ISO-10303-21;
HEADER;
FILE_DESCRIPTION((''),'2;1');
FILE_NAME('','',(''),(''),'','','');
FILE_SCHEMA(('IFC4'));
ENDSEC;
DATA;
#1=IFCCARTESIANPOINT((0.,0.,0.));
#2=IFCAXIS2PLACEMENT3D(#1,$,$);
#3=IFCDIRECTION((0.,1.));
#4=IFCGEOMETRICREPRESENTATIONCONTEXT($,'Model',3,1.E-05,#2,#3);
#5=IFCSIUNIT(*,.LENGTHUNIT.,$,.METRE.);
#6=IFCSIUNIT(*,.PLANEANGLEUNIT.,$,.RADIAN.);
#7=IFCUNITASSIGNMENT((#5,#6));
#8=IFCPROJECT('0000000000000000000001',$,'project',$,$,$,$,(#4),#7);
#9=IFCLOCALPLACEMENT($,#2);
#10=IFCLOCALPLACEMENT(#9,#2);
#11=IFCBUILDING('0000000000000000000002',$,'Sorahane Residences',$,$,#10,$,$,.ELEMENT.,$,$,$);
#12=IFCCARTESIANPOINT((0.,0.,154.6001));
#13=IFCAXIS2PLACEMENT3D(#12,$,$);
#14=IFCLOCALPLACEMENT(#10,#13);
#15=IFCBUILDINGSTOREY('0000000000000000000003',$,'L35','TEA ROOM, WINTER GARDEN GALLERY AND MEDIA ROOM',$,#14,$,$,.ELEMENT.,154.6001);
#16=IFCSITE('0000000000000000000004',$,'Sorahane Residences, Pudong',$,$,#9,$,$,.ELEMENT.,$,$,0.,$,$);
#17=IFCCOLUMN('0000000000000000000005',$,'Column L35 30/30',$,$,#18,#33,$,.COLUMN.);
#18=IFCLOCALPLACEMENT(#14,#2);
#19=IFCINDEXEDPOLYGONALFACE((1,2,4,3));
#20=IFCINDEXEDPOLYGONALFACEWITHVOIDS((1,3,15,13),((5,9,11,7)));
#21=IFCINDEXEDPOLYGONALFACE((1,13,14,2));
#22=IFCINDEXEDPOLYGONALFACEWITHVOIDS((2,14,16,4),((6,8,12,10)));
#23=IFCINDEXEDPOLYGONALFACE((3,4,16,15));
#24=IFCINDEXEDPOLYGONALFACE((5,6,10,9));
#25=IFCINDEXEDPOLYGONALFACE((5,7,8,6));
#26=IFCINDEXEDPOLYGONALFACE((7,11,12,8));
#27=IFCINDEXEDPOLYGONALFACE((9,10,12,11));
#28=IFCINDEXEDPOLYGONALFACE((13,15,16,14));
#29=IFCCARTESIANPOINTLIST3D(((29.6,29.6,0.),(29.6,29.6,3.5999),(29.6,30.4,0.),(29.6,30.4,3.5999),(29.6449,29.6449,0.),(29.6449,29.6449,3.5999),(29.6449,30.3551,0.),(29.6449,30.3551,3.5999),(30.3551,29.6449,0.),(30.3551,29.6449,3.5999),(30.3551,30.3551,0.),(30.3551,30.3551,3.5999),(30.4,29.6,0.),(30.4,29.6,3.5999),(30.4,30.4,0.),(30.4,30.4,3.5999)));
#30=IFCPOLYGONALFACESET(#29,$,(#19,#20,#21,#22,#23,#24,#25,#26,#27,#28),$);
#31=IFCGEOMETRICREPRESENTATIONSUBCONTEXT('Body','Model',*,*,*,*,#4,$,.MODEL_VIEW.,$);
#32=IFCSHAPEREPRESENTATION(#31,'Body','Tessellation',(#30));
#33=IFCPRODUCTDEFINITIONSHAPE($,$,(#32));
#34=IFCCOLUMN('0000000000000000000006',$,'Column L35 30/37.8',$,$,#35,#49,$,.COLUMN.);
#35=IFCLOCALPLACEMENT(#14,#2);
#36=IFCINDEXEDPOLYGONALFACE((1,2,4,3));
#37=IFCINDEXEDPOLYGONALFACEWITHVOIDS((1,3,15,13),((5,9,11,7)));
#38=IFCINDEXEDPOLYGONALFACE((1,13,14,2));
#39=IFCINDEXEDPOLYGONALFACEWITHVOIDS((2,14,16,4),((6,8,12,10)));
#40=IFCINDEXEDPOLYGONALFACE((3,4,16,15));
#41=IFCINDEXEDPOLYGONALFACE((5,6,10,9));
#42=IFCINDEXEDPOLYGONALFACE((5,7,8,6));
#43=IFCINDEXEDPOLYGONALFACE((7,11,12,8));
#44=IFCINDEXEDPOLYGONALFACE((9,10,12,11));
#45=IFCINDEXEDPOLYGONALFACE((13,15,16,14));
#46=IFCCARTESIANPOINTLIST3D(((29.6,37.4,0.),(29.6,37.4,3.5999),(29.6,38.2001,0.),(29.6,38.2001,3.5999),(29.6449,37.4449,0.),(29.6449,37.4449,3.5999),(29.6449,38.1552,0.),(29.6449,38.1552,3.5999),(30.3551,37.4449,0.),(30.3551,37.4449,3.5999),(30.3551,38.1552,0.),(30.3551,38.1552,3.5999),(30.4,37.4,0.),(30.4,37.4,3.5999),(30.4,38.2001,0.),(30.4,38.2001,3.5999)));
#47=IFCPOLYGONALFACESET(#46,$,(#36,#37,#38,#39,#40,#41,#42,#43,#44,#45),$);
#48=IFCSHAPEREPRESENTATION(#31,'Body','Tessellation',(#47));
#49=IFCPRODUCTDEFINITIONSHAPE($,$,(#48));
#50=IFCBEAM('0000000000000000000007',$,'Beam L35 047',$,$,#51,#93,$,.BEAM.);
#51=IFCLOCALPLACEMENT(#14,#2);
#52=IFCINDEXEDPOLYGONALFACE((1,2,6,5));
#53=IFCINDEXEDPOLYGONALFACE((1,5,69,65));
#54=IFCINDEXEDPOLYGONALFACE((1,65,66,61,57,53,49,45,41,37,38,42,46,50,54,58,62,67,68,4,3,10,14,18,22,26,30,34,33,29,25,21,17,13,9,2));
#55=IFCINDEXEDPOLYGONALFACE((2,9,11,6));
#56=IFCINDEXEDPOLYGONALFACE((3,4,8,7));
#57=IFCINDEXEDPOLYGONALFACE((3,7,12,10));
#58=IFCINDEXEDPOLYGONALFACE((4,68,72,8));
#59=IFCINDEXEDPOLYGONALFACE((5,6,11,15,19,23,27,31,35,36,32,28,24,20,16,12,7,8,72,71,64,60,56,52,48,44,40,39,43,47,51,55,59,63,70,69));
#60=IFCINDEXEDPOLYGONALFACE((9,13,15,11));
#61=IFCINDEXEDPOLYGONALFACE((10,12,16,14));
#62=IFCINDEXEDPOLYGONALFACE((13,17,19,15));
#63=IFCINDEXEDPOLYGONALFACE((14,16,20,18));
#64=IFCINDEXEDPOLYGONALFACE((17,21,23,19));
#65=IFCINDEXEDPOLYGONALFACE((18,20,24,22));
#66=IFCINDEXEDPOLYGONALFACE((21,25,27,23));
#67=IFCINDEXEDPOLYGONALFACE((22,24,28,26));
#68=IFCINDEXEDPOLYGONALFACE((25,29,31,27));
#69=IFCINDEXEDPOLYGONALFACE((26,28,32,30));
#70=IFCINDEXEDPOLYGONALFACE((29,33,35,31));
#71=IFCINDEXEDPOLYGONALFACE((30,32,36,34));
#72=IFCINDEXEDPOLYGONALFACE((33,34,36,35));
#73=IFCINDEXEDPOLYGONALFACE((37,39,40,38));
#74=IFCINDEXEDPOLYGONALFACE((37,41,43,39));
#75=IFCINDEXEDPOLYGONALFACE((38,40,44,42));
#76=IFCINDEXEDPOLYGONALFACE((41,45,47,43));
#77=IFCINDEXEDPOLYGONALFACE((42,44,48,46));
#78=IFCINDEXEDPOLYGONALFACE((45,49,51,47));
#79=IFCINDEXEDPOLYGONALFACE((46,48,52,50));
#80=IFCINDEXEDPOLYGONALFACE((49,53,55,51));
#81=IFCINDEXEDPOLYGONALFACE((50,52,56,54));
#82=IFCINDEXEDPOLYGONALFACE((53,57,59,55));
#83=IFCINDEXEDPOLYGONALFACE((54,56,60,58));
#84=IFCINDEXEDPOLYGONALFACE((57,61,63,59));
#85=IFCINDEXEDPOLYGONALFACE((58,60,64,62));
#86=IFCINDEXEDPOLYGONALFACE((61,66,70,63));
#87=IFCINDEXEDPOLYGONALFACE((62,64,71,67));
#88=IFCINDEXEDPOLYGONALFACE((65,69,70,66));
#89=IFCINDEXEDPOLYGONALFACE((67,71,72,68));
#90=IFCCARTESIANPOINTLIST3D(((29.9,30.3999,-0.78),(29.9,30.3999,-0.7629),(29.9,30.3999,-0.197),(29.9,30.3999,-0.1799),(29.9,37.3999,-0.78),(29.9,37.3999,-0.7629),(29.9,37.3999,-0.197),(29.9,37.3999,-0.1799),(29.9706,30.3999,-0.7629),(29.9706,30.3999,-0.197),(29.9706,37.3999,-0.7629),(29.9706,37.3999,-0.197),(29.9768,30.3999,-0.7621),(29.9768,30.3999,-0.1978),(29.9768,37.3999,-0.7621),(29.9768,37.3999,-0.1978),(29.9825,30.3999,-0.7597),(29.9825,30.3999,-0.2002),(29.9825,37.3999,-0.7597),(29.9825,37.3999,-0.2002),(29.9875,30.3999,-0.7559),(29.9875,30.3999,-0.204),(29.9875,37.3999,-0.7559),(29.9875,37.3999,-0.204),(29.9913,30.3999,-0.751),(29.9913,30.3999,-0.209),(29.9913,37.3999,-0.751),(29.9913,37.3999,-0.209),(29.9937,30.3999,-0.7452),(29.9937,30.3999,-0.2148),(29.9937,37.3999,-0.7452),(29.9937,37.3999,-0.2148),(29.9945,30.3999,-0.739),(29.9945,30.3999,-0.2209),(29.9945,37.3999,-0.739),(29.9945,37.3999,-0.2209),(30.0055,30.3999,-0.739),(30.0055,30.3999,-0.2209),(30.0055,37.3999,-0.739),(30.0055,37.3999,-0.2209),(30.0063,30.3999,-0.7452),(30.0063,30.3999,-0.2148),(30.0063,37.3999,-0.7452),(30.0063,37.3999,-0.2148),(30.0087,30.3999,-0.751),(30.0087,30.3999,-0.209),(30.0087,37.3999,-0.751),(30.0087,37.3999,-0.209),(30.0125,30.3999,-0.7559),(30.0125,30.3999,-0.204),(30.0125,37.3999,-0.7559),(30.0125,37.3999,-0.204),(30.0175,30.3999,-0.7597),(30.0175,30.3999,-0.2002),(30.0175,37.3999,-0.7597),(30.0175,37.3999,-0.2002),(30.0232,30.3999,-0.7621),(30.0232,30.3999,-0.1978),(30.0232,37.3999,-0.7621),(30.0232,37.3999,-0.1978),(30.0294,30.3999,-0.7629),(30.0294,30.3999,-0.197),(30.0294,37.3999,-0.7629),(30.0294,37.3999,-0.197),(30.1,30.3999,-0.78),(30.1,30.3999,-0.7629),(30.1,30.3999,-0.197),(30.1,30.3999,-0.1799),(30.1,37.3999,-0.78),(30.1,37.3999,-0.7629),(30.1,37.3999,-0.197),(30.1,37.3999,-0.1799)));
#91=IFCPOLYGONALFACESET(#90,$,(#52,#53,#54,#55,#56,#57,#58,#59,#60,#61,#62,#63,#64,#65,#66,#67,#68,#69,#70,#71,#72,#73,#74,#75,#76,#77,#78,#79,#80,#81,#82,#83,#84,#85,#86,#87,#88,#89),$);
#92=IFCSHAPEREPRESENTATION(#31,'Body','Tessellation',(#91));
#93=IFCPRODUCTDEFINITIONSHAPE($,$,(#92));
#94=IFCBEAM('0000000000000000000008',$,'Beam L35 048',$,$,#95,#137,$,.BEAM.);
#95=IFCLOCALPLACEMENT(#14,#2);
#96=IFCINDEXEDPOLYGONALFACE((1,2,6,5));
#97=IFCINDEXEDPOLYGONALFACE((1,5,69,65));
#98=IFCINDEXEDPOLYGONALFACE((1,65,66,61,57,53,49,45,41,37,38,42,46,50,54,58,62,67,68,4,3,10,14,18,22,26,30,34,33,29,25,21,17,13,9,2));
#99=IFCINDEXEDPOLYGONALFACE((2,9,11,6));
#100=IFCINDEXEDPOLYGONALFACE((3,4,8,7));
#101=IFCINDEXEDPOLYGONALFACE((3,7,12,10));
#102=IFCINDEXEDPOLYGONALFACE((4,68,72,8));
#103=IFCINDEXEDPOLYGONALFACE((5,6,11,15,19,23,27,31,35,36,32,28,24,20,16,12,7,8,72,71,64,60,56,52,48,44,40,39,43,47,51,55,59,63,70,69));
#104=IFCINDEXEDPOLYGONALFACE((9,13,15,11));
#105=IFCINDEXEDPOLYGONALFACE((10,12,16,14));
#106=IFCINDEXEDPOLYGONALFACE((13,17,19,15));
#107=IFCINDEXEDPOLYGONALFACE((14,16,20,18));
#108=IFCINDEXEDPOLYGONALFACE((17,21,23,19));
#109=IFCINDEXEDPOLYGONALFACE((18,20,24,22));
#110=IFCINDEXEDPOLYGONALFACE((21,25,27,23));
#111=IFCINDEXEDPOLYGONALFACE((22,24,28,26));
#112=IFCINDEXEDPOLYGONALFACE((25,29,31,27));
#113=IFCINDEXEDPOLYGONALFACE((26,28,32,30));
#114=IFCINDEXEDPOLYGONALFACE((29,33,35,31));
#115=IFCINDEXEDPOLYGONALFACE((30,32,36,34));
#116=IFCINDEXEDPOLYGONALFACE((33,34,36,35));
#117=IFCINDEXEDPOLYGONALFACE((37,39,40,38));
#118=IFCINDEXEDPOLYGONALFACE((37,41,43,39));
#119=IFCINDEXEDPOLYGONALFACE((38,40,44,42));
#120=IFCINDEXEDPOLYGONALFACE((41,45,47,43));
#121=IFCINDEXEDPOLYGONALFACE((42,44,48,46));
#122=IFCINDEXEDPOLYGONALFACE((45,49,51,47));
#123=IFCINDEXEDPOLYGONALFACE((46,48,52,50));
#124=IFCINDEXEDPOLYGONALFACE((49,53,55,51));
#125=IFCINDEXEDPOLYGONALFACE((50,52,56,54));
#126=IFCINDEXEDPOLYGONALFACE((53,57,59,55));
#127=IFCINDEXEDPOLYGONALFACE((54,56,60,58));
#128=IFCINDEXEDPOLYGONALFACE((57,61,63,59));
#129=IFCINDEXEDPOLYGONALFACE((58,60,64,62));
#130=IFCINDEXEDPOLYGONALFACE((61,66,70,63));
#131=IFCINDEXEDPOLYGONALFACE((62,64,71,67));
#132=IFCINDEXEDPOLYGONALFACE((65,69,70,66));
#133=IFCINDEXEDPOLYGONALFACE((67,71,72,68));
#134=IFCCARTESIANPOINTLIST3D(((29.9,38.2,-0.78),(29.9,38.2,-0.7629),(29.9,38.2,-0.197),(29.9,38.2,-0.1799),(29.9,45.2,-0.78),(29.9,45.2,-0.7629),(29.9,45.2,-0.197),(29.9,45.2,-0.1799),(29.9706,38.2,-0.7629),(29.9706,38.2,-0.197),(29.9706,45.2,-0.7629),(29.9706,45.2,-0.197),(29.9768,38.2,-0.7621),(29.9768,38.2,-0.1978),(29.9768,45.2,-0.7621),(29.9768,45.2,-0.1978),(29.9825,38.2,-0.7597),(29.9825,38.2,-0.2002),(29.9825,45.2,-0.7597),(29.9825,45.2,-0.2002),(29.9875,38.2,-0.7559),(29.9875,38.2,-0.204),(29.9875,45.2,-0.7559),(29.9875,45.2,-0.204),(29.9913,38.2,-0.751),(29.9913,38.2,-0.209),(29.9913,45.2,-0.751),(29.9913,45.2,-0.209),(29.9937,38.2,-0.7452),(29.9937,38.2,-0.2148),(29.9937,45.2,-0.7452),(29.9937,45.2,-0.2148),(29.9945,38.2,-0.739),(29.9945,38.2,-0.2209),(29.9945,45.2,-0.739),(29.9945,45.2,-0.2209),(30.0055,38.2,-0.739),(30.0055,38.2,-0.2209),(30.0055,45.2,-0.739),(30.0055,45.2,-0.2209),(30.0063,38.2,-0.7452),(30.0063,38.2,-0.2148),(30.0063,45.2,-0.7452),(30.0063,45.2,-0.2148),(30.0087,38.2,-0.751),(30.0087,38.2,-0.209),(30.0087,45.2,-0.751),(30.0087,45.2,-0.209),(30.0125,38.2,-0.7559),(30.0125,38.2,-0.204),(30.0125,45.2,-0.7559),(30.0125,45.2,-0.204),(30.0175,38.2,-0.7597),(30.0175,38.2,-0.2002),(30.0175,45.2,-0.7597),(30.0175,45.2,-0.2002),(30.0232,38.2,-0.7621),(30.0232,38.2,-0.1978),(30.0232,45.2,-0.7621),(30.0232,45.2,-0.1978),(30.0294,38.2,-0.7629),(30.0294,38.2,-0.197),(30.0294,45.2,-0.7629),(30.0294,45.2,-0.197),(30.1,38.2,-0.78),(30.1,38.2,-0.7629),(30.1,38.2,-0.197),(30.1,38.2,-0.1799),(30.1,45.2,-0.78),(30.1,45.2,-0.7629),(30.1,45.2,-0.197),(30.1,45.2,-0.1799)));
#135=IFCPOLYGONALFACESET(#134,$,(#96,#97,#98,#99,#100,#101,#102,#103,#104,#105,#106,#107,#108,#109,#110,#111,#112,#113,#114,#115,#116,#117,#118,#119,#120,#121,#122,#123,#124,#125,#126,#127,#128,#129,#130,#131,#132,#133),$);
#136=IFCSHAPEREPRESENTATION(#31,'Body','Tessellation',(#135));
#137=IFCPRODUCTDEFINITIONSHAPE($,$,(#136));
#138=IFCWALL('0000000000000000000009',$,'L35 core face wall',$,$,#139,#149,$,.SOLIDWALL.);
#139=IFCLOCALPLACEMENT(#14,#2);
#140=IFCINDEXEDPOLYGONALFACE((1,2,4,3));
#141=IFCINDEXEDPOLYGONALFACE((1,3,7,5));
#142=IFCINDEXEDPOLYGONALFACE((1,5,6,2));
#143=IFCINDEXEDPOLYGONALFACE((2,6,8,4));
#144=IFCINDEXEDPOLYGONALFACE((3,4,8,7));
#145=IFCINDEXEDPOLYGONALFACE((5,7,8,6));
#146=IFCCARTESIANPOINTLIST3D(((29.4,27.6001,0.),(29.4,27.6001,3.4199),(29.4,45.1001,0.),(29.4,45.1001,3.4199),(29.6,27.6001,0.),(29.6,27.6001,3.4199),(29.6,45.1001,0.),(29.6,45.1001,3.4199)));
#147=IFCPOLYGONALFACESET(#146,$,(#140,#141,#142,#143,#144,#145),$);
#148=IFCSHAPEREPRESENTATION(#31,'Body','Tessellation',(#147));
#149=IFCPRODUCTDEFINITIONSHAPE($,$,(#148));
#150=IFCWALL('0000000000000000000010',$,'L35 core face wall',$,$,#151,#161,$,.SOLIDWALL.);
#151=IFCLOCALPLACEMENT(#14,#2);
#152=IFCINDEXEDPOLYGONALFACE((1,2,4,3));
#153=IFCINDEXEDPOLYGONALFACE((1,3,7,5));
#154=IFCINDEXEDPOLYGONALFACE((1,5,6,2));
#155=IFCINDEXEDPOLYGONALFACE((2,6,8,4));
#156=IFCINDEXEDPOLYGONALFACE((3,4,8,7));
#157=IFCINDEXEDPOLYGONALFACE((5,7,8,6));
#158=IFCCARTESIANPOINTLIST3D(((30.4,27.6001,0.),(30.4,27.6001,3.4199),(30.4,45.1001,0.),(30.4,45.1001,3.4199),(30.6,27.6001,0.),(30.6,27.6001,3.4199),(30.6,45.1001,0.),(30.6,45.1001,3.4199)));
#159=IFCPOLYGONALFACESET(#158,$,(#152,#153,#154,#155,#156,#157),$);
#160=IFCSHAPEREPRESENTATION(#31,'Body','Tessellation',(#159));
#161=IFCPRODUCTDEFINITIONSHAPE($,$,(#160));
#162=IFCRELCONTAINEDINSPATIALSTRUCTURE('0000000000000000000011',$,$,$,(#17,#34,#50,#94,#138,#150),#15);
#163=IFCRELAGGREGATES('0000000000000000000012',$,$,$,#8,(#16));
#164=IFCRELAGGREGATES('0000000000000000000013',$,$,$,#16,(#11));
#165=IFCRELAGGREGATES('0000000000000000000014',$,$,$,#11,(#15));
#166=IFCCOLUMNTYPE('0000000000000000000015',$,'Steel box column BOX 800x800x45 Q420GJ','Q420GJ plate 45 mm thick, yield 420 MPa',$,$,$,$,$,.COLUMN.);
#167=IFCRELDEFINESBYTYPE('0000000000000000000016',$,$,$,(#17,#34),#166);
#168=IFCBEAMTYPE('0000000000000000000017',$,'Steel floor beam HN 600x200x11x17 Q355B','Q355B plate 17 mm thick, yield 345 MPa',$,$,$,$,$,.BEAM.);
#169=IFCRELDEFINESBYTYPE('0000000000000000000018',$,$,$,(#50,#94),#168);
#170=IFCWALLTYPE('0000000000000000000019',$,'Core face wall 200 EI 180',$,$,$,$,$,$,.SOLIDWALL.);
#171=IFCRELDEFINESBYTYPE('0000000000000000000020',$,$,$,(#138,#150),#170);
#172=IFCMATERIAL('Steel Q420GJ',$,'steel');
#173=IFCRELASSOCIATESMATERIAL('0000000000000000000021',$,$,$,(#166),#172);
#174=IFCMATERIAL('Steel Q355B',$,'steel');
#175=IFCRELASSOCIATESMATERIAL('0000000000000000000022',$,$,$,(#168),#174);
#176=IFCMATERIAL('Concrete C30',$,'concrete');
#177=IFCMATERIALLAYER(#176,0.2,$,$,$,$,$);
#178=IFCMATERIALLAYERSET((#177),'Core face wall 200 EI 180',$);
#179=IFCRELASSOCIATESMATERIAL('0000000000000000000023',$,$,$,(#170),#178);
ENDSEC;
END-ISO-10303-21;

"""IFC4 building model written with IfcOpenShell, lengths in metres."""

from ifc_helpers import new_model, si_unit, direction, frame, frame_2d, origin, origin_2d, place, context, subcontext, project, spatial, rectangle, hollow_rectangle, i_section, extrude, material, layer, layer_set, material_profile, profile_set, type_object, element, save


model = new_model("IFC4")

# Units and contexts
model_context = context("Model", 3, precision=1e-05, world=origin(), true_north=direction((0.0, 1.0)))
body_context = subcontext(model_context, "Body", "Model", "MODEL_VIEW")
ifc_project = project(units=[si_unit("LENGTHUNIT", "METRE"), si_unit("PLANEANGLEUNIT", "RADIAN")], contexts=[model_context])

# Site, building, storey
site_placement = place(None, origin())
site = spatial("IfcSite", under=ifc_project, at=site_placement, Name="Sorahane Residences, Pudong", CompositionType="ELEMENT", RefElevation=0.0)
building_placement = place(site_placement, origin())
building = spatial("IfcBuilding", under=site, at=building_placement, Name="Sorahane Residences", CompositionType="ELEMENT")
storey_placement = place(building_placement, frame((0.0, 0.0, 154.6001)))
storey = spatial("IfcBuildingStorey", under=building, at=storey_placement, Name="L35", Description="TEA ROOM, WINTER GARDEN GALLERY AND MEDIA ROOM", CompositionType="ELEMENT", Elevation=154.6001)

# Columns
ifc_material_1 = material(Name="Steel Q420GJ", Category="steel")
ifc_material_profile_1 = material_profile(ifc_material_1, hollow_rectangle(XDim=0.8, YDim=0.8, WallThickness=0.0449, at=origin_2d()), Name="BOX 800x800x45")
ifc_profile_set_1 = profile_set([ifc_material_profile_1], Name="Steel Q420GJ")
column_type = type_object("IfcColumnType", Name="Steel box column BOX 800x800x45 Q420GJ", Description="Q420GJ plate 45 mm thick, yield 420 MPa", PredefinedType="COLUMN", material=ifc_profile_set_1)
for number, where, z_axis, x_axis, name in (
    (1, (30.0, 30.0, 0.0), (0.0, 0.0, 1.0), (1.0, 0.0, 0.0), "Column L35 30/30"),
    (2, (30.0, 37.8, 0.0), (0.0, 0.0, 1.0), (1.0, 0.0, 0.0), "Column L35 30/37.8"),
):
    element("IfcColumn", number, at=place(storey_placement, frame(where, z_axis=z_axis, x_axis=x_axis)), inside=storey, type_object=column_type, Name=name, PredefinedType="COLUMN", context=body_context, shape_type="SweptSolid", body=[
        extrude(hollow_rectangle(XDim=0.8, YDim=0.8, WallThickness=0.0449, at=origin_2d()), origin(), (0.0, 0.0, 1.0), 3.5999),
    ])

# Beams
ifc_material_2 = material(Name="Steel Q355B", Category="steel")
ifc_material_profile_2 = material_profile(ifc_material_2, i_section(OverallWidth=0.2, OverallDepth=0.6001, WebThickness=0.011, FlangeThickness=0.0171, FilletRadius=0.0239, at=origin_2d()), Name="HN 600x200x11x17")
ifc_profile_set_2 = profile_set([ifc_material_profile_2], Name="Steel Q355B")
beam_type = type_object("IfcBeamType", Name="Steel floor beam HN 600x200x11x17 Q355B", Description="Q355B plate 17 mm thick, yield 345 MPa", PredefinedType="BEAM", material=ifc_profile_set_2)
for number, where, z_axis, x_axis, name in (
    (3, (30.0, 30.3999, -0.48), (0.0, 1.0, 0.0), (-1.0, 0.0, 0.0), "Beam L35 047"),
    (4, (30.0, 38.2, -0.48), (0.0, 1.0, 0.0), (-1.0, 0.0, 0.0), "Beam L35 048"),
):
    element("IfcBeam", number, at=place(storey_placement, frame(where, z_axis=z_axis, x_axis=x_axis)), inside=storey, type_object=beam_type, Name=name, PredefinedType="BEAM", context=body_context, shape_type="SweptSolid", body=[
        extrude(i_section(OverallWidth=0.2, OverallDepth=0.6001, WebThickness=0.011, FlangeThickness=0.0171, FilletRadius=0.0239, at=origin_2d()), origin(), (0.0, 0.0, 1.0), 7.0),
    ])

# Walls
ifc_material_3 = material(Name="Concrete C30", Category="concrete")
ifc_layer_1 = layer(ifc_material_3, 0.2)
ifc_layer_set_1 = layer_set([ifc_layer_1], Name="Core face wall 200 EI 180")
wall_type_1 = type_object("IfcWallType", Name="Core face wall 200 EI 180", PredefinedType="SOLIDWALL", material=ifc_layer_set_1)
for number, where, z_axis, x_axis, name in (
    (5, (29.5, 27.6001, 0.0), (0.0, 0.0, 1.0), (0.0, 1.0, 0.0), "L35 core face wall"),
    (6, (30.5, 27.6001, 0.0), (0.0, 0.0, 1.0), (0.0, 1.0, 0.0), "L35 core face wall"),
):
    element("IfcWall", number, at=place(storey_placement, frame(where, z_axis=z_axis, x_axis=x_axis)), inside=storey, type_object=wall_type_1, Name=name, PredefinedType="SOLIDWALL", context=body_context, shape_type="SweptSolid", body=[
        extrude(rectangle(XDim=17.5, YDim=0.2, at=frame_2d((8.75, 0.0))), origin(), (0.0, 0.0, 1.0), 3.4199),
    ])

save(model, "model.ifc")
